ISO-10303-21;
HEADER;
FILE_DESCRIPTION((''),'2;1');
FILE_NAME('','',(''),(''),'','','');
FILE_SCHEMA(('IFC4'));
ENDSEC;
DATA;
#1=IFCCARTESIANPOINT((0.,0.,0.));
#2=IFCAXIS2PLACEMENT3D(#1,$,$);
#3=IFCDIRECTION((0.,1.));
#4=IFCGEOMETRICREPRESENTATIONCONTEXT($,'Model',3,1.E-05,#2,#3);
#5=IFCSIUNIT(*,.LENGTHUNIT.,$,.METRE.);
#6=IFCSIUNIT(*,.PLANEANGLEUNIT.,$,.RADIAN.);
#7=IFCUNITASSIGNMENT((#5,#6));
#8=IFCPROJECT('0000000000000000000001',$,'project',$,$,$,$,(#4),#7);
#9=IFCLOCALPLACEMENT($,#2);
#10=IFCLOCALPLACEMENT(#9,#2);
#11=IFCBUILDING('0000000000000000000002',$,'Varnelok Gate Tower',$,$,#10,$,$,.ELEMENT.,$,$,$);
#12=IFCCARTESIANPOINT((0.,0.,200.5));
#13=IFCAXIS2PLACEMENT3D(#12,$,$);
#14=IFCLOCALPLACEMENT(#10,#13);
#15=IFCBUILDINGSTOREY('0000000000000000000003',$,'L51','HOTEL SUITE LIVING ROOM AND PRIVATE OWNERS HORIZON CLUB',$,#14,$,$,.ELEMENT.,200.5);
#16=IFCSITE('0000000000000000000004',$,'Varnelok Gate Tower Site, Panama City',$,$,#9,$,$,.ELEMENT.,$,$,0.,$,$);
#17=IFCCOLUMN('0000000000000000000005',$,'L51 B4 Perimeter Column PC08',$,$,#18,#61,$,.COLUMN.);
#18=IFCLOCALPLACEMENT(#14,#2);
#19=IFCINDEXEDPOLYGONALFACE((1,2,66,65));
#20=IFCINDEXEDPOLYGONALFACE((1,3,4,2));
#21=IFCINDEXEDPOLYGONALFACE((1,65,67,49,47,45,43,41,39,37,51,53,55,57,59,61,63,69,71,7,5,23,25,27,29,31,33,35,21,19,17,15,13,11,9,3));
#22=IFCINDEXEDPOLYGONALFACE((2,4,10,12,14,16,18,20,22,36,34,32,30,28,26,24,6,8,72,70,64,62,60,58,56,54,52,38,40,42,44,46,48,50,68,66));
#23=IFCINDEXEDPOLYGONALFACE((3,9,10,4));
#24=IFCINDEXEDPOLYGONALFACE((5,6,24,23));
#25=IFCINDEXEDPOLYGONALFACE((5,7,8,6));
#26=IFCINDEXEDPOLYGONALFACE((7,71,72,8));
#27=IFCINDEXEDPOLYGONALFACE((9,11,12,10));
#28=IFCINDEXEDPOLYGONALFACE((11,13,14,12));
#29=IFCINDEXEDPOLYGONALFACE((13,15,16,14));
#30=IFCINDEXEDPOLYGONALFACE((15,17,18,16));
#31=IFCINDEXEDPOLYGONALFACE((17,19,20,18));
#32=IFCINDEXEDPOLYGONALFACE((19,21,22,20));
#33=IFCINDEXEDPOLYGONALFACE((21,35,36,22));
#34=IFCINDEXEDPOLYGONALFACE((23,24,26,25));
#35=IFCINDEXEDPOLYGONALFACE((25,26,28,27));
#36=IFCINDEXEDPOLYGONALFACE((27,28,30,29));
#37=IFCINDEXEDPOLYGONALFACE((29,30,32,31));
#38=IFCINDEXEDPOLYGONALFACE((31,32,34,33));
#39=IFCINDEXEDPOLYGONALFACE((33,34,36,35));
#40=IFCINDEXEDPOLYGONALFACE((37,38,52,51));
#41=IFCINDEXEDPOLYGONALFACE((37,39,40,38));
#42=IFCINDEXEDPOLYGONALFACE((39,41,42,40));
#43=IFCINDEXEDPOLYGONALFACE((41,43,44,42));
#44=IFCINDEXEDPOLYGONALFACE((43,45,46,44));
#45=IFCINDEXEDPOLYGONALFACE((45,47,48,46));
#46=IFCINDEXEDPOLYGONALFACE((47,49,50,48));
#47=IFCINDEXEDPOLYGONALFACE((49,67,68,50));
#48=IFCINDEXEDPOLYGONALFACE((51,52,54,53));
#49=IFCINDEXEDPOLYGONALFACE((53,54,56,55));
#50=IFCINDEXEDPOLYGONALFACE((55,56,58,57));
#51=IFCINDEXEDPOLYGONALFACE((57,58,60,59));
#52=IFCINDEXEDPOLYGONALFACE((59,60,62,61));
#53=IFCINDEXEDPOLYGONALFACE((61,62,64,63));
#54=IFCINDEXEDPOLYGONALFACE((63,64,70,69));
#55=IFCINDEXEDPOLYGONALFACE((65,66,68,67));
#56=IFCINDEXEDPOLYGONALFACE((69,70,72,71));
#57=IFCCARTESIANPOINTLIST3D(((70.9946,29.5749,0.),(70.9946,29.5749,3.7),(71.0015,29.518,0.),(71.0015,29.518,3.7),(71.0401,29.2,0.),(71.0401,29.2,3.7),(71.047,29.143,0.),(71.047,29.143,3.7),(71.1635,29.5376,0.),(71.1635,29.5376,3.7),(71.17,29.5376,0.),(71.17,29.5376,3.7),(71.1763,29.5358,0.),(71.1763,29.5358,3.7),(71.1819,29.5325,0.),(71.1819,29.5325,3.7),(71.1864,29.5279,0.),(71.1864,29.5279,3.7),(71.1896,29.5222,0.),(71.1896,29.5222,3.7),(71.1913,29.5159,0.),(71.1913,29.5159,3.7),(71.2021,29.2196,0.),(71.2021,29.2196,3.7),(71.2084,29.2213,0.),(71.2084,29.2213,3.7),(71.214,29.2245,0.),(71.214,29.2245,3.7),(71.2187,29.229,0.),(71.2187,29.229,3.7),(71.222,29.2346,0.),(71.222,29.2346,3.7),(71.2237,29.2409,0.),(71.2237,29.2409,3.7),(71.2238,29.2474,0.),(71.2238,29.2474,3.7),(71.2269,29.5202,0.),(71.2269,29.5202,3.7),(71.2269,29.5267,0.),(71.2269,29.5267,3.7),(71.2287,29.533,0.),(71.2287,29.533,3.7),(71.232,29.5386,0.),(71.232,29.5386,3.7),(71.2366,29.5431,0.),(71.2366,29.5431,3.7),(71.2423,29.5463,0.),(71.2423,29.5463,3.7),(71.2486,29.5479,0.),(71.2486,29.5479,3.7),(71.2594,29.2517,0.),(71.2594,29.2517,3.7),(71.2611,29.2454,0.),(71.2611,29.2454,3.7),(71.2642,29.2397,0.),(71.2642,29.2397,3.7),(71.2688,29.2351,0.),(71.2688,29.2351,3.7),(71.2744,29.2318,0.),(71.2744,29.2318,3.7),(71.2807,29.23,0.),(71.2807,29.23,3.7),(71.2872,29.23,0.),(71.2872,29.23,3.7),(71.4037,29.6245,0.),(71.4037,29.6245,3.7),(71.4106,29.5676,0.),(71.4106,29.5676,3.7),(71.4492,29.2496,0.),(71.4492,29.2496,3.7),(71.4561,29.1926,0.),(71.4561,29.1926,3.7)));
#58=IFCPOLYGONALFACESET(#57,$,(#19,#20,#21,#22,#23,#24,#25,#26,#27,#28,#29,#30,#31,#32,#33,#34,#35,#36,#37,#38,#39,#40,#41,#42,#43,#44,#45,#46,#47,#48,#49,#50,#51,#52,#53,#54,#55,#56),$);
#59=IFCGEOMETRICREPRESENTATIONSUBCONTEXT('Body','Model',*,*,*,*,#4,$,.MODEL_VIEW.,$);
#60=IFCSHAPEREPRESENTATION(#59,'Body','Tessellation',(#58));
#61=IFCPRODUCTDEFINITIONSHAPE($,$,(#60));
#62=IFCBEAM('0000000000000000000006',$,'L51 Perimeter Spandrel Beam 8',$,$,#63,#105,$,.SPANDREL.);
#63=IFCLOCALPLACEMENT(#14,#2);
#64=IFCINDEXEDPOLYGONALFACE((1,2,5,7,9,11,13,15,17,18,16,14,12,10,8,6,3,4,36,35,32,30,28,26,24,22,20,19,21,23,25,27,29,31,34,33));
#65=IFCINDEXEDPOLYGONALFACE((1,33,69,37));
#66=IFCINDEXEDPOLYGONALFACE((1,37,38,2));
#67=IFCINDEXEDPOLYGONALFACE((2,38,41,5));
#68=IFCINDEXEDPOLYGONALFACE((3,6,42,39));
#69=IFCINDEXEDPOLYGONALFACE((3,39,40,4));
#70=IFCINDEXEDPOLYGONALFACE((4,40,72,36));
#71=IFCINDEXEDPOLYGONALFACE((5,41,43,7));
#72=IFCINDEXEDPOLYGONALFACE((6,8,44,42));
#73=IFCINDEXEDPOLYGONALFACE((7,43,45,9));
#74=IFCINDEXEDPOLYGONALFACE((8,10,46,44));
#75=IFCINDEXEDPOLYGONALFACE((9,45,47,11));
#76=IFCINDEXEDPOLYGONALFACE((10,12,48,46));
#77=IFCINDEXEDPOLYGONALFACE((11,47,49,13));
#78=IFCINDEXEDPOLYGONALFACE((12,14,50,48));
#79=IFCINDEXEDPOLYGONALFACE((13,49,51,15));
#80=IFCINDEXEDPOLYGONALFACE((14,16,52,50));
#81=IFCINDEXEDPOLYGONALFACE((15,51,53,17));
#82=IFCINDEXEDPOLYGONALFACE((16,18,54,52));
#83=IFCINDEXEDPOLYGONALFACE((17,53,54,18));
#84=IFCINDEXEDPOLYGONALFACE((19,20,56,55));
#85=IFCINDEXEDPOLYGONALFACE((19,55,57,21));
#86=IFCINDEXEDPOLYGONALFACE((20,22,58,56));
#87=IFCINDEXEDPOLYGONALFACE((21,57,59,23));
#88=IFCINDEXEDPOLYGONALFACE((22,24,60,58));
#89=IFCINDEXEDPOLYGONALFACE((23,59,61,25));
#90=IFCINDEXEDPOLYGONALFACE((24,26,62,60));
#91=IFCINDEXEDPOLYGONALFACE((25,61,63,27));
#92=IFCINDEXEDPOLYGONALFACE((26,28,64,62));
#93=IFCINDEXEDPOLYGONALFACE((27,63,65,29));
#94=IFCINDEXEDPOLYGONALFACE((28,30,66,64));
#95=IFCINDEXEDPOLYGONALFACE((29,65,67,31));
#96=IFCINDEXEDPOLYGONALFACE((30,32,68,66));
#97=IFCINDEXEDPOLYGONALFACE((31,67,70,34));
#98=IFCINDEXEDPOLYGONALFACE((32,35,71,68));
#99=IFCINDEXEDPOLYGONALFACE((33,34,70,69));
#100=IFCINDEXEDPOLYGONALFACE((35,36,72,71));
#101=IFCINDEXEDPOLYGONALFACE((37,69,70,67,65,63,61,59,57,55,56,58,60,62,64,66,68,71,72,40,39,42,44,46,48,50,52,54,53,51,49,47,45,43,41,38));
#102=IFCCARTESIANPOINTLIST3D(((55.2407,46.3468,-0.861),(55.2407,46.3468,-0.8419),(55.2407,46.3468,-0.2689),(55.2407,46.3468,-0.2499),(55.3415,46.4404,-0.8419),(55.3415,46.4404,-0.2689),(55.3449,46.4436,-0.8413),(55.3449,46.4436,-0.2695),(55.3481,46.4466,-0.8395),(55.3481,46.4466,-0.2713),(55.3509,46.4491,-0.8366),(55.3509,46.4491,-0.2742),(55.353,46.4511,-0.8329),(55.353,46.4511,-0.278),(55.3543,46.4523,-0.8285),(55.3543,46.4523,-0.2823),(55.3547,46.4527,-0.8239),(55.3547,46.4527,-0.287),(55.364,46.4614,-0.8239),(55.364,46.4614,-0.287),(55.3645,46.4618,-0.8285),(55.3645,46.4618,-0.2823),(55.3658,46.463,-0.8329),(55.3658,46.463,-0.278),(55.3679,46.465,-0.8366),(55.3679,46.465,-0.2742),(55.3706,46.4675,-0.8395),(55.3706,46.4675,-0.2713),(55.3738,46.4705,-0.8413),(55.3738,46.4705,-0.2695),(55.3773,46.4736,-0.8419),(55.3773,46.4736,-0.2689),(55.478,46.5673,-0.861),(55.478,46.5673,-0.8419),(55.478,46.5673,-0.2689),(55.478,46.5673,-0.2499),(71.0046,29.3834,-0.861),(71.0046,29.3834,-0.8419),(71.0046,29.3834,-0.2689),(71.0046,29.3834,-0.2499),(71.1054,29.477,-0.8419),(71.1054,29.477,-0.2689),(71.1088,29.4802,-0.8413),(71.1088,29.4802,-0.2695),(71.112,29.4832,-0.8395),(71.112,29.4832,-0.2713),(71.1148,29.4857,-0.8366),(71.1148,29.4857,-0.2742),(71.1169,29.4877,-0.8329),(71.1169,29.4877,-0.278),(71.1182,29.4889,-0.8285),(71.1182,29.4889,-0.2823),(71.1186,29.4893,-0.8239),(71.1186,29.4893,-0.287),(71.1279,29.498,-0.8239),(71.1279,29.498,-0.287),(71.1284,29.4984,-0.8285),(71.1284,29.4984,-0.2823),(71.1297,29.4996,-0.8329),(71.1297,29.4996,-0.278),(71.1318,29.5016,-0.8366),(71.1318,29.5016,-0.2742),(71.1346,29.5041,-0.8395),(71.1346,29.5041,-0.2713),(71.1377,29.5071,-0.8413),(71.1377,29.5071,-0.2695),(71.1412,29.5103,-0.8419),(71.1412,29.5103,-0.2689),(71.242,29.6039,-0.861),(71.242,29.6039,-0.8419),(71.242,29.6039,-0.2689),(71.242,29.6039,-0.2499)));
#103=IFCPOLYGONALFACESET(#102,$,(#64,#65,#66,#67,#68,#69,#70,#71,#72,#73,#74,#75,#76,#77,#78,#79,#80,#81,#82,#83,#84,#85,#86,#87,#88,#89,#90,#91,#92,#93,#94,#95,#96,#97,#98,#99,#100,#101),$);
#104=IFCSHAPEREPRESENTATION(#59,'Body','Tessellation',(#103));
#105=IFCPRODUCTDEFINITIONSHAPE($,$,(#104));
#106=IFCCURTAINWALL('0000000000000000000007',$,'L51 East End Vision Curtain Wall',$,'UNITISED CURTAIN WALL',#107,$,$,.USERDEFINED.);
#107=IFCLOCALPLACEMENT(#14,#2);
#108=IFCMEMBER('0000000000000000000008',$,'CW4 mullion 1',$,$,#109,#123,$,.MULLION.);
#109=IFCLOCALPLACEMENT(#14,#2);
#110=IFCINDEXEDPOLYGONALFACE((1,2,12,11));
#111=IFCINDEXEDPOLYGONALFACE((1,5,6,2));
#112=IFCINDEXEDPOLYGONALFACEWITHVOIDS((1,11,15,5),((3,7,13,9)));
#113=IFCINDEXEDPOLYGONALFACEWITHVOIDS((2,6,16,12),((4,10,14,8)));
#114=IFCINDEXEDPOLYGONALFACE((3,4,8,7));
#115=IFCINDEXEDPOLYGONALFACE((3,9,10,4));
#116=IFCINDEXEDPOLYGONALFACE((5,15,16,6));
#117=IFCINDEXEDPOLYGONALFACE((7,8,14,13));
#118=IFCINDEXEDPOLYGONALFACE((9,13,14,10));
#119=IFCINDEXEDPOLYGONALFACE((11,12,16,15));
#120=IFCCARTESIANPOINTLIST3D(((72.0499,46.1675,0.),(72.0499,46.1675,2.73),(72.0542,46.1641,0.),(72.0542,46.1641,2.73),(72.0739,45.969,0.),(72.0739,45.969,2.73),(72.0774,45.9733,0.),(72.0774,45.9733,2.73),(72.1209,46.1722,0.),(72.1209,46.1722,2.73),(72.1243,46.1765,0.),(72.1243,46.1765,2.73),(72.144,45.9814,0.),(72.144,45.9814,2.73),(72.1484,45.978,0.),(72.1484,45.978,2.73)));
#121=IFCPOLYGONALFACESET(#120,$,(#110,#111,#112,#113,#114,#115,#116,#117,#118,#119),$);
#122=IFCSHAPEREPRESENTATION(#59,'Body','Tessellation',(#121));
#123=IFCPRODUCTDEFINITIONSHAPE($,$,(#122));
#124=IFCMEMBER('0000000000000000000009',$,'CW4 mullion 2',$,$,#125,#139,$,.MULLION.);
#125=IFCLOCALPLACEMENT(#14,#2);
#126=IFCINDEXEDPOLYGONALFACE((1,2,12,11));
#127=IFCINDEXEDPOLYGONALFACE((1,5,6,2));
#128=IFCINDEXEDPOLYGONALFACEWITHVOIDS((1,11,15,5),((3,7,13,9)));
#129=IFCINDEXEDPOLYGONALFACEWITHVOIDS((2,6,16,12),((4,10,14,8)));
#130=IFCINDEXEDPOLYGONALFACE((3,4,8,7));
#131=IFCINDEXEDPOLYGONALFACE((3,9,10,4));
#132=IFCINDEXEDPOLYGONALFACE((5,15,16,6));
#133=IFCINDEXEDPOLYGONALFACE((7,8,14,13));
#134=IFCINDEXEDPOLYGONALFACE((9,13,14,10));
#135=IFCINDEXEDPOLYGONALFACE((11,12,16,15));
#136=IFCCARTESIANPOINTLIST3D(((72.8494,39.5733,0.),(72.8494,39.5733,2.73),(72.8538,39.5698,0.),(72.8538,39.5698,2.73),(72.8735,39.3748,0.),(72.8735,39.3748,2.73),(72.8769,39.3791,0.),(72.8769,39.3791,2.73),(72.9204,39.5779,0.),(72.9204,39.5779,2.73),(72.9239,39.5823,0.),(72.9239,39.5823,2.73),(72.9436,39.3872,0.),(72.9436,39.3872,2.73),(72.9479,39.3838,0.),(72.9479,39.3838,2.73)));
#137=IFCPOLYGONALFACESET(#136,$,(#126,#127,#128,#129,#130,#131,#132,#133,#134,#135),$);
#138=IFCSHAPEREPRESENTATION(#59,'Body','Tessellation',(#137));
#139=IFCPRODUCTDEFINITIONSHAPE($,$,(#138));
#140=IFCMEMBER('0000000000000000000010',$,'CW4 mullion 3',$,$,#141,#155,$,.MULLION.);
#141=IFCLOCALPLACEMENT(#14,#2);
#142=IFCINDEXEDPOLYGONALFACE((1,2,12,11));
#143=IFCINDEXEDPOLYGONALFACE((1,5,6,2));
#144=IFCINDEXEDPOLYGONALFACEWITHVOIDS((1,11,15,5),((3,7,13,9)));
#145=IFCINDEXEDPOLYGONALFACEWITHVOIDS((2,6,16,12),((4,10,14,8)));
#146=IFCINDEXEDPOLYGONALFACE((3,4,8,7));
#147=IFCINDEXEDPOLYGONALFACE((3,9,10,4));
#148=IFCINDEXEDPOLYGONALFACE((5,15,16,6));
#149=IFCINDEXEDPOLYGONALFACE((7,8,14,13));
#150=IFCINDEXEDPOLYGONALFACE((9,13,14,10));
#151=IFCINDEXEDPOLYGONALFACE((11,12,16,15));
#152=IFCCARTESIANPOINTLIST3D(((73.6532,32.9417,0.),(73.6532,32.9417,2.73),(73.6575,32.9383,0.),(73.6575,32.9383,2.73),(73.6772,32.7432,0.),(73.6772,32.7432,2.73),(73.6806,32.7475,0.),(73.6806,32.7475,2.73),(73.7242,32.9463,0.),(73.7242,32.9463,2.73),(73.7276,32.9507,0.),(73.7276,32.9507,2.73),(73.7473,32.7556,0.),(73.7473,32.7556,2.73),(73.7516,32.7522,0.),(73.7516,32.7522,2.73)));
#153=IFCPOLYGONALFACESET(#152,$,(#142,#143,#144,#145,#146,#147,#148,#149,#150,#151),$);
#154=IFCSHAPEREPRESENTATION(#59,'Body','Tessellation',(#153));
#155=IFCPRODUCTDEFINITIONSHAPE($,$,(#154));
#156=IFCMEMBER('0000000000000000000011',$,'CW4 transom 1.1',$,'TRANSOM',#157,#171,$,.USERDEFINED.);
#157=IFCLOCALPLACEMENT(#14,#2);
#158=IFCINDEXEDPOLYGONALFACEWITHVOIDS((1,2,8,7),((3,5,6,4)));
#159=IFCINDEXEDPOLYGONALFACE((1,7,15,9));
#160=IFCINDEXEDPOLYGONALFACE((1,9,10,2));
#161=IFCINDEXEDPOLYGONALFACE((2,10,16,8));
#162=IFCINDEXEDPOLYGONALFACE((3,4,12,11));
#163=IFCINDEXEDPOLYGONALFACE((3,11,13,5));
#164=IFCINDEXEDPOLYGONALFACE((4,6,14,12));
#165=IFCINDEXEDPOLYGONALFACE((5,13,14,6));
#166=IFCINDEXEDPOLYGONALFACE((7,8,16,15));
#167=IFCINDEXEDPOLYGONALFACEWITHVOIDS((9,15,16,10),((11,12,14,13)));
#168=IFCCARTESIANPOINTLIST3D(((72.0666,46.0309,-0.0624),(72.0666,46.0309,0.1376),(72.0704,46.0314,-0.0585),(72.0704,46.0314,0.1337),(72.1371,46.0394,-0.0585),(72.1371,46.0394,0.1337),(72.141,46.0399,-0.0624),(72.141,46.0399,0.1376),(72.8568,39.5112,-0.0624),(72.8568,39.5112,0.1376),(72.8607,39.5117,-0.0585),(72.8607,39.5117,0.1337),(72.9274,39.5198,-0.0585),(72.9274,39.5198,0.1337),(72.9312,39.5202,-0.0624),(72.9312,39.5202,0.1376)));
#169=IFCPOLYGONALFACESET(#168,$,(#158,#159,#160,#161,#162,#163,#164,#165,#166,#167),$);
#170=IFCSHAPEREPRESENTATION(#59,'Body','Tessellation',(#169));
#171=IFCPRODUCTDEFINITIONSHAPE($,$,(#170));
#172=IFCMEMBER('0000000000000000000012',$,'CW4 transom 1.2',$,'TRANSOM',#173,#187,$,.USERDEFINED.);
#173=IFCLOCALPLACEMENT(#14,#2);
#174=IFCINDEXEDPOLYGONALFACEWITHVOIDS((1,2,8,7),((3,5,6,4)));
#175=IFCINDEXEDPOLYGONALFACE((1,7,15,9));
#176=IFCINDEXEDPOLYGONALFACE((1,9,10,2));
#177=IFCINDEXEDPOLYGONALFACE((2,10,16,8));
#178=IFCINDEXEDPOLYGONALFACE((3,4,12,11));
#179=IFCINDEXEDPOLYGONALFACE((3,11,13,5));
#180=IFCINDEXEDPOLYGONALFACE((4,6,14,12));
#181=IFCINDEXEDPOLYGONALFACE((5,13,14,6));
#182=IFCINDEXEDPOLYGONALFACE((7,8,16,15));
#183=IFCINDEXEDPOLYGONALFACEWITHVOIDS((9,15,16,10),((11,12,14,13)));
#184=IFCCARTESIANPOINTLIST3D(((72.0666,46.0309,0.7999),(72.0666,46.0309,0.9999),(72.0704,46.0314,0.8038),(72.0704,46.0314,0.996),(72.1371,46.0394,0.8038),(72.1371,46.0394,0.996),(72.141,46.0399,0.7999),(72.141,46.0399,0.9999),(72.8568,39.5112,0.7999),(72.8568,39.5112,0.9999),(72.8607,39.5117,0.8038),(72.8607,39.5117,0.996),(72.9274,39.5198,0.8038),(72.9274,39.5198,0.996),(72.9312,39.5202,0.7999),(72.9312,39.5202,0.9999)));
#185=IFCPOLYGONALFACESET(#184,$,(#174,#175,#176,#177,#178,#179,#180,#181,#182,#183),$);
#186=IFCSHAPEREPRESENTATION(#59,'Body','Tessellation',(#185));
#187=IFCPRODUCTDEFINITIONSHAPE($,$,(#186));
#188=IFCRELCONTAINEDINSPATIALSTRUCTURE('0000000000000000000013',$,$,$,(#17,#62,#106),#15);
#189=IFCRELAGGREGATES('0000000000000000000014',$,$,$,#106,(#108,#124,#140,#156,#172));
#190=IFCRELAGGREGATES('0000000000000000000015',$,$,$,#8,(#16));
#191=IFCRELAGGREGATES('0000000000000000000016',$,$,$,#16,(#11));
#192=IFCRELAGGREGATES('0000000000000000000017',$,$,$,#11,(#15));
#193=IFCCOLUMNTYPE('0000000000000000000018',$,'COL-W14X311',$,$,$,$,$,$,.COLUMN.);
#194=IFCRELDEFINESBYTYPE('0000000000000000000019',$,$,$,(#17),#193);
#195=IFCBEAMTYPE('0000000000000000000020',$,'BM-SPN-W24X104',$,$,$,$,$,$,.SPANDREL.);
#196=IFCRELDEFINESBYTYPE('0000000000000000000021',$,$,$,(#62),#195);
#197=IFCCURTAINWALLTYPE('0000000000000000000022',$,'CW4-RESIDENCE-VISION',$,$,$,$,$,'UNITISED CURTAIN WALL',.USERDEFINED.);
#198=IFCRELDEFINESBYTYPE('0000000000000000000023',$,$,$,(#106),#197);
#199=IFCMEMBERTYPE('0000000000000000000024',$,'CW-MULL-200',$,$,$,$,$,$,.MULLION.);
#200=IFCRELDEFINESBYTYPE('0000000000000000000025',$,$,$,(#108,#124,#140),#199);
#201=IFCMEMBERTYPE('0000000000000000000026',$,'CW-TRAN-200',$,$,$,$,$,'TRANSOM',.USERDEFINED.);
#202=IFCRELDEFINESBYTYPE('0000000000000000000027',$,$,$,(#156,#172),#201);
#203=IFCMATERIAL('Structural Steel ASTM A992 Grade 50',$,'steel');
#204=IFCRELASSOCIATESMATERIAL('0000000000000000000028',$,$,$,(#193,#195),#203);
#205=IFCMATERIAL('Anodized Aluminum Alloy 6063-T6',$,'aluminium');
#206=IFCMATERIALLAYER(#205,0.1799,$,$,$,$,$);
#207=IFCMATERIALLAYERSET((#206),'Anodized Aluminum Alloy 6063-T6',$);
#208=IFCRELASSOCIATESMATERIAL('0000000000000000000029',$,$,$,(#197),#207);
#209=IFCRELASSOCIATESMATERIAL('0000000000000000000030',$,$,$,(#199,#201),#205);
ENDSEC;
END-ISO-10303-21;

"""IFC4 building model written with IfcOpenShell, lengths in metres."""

from ifc_helpers import new_model, si_unit, direction, frame, origin, origin_2d, place, context, subcontext, project, spatial, hollow_rectangle, i_section, extrude, material, layer, layer_set, material_profile, profile_set, type_object, element, aggregate, save


model = new_model("IFC4")

# Units and contexts
model_context = context("Model", 3, precision=1e-05, world=origin(), true_north=direction((0.0, 1.0)))
body_context = subcontext(model_context, "Body", "Model", "MODEL_VIEW")
ifc_project = project(units=[si_unit("LENGTHUNIT", "METRE"), si_unit("PLANEANGLEUNIT", "RADIAN")], contexts=[model_context])

# Site, building, storey
site_placement = place(None, origin())
site = spatial("IfcSite", under=ifc_project, at=site_placement, Name="Varnelok Gate Tower Site, Panama City", CompositionType="ELEMENT", RefElevation=0.0)
building_placement = place(site_placement, origin())
building = spatial("IfcBuilding", under=site, at=building_placement, Name="Varnelok Gate Tower", CompositionType="ELEMENT")
storey_placement = place(building_placement, frame((0.0, 0.0, 200.5)))
storey = spatial("IfcBuildingStorey", under=building, at=storey_placement, Name="L51", Description="HOTEL SUITE LIVING ROOM AND PRIVATE OWNERS HORIZON CLUB", CompositionType="ELEMENT", Elevation=200.5)

# Column
ifc_material_1 = material(Name="Structural Steel ASTM A992 Grade 50", Category="steel")
ifc_material_profile_1 = material_profile(ifc_material_1, i_section(OverallWidth=0.4121, OverallDepth=0.4351, WebThickness=0.0359, FlangeThickness=0.0574, FilletRadius=0.0249, at=origin_2d()), Name="W14X311")
ifc_profile_set_1 = profile_set([ifc_material_profile_1], Name="Structural Steel ASTM A992 Grade 50")
column_type = type_object("IfcColumnType", Name="COL-W14X311", PredefinedType="COLUMN", material=ifc_profile_set_1)
column_placement = place(storey_placement, frame((71.2253, 29.3838, 0.0), z_axis=(0.0, 0.0, 1.0), x_axis=(0.992732, 0.120345, 0.0)))
element("IfcColumn", 1, at=column_placement, inside=storey, type_object=column_type, Name="L51 B4 Perimeter Column PC08", PredefinedType="COLUMN", context=body_context, shape_type="SweptSolid", body=[
    extrude(i_section(OverallWidth=0.4121, OverallDepth=0.4351, WebThickness=0.0359, FlangeThickness=0.0574, FilletRadius=0.0249, at=origin_2d()), origin(), (0.0, 0.0, 1.0), 3.7),
])

# Beam
ifc_material_profile_2 = material_profile(ifc_material_1, i_section(OverallWidth=0.324, OverallDepth=0.6111, WebThickness=0.0127, FlangeThickness=0.019, FilletRadius=0.0181, at=origin_2d()), Name="W24X104")
ifc_profile_set_2 = profile_set([ifc_material_profile_2], Name="Structural Steel ASTM A992 Grade 50")
beam_type = type_object("IfcBeamType", Name="BM-SPN-W24X104", PredefinedType="SPANDREL", material=ifc_profile_set_2)
beam_placement = place(storey_placement, frame((71.1233, 29.4937, -0.5554), z_axis=(-0.680734, 0.732531, 0.0), x_axis=(-0.732531, -0.680734, 0.0)))
element("IfcBeam", 2, at=beam_placement, inside=storey, type_object=beam_type, Name="L51 Perimeter Spandrel Beam 8", PredefinedType="SPANDREL", context=body_context, shape_type="SweptSolid", body=[
    extrude(i_section(OverallWidth=0.324, OverallDepth=0.6111, WebThickness=0.0127, FlangeThickness=0.019, FilletRadius=0.0181, at=origin_2d()), origin(), (0.0, 0.0, 1.0), 23.1572),
])

# Curtain wall, members
ifc_material_2 = material(Name="Anodized Aluminum Alloy 6063-T6", Category="aluminium")
ifc_layer_1 = layer(ifc_material_2, 0.1799)
ifc_layer_set_1 = layer_set([ifc_layer_1], Name="Anodized Aluminum Alloy 6063-T6")
curtain_wall_type = type_object("IfcCurtainWallType", Name="CW4-RESIDENCE-VISION", ElementType="UNITISED CURTAIN WALL", PredefinedType="USERDEFINED", material=ifc_layer_set_1)
curtain_wall_placement = place(storey_placement, origin())
curtain_wall = element("IfcCurtainWall", 3, at=curtain_wall_placement, inside=storey, type_object=curtain_wall_type, Name="L51 East End Vision Curtain Wall", ObjectType="UNITISED CURTAIN WALL", PredefinedType="USERDEFINED")
ifc_material_profile_3 = material_profile(ifc_material_2, hollow_rectangle(XDim=0.075, YDim=0.2, WallThickness=0.0039, at=origin_2d()), Name="ALU200X75X4")
ifc_profile_set_3 = profile_set([ifc_material_profile_3], Name="Anodized Aluminum Alloy 6063-T6")
member_type_1 = type_object("IfcMemberType", Name="CW-MULL-200", PredefinedType="MULLION", material=ifc_profile_set_3)
member_1_placement = place(storey_placement, frame((72.0991, 46.0728, 0.0), z_axis=(0.0, 0.0, 1.0), x_axis=(0.992732, 0.120345, 0.0)))
member_1 = element("IfcMember", 4, at=member_1_placement, type_object=member_type_1, Name="CW4 mullion 1", PredefinedType="MULLION", context=body_context, shape_type="SweptSolid", body=[
    extrude(hollow_rectangle(XDim=0.075, YDim=0.2, WallThickness=0.0039, at=origin_2d()), origin(), (0.0, 0.0, 1.0), 2.73),
])
member_2_placement = place(storey_placement, frame((72.8987, 39.4785, 0.0), z_axis=(0.0, 0.0, 1.0), x_axis=(0.992732, 0.120345, 0.0)))
member_2 = element("IfcMember", 5, at=member_2_placement, type_object=member_type_1, Name="CW4 mullion 2", PredefinedType="MULLION", context=body_context, shape_type="SweptSolid", body=[
    extrude(hollow_rectangle(XDim=0.075, YDim=0.2, WallThickness=0.0039, at=origin_2d()), origin(), (0.0, 0.0, 1.0), 2.73),
])
member_3_placement = place(storey_placement, frame((73.7024, 32.8469, 0.0), z_axis=(0.0, 0.0, 1.0), x_axis=(0.992732, 0.120345, 0.0)))
member_3 = element("IfcMember", 6, at=member_3_placement, type_object=member_type_1, Name="CW4 mullion 3", PredefinedType="MULLION", context=body_context, shape_type="SweptSolid", body=[
    extrude(hollow_rectangle(XDim=0.075, YDim=0.2, WallThickness=0.0039, at=origin_2d()), origin(), (0.0, 0.0, 1.0), 2.73),
])
ifc_material_profile_4 = material_profile(ifc_material_2, hollow_rectangle(XDim=0.075, YDim=0.2, WallThickness=0.0039, at=origin_2d()), Name="ALU200X75X4")
ifc_profile_set_4 = profile_set([ifc_material_profile_4], Name="Anodized Aluminum Alloy 6063-T6")
member_type_2 = type_object("IfcMemberType", Name="CW-TRAN-200", ElementType="TRANSOM", PredefinedType="USERDEFINED", material=ifc_profile_set_4)
member_4_placement = place(storey_placement, frame((72.1038, 46.0354, 0.0376), z_axis=(0.120332, -0.992734, 0.0), x_axis=(0.992734, 0.120332, 0.0)))
member_4 = element("IfcMember", 7, at=member_4_placement, type_object=member_type_2, Name="CW4 transom 1.1", ObjectType="TRANSOM", PredefinedType="USERDEFINED", context=body_context, shape_type="SweptSolid", body=[
    extrude(hollow_rectangle(XDim=0.075, YDim=0.2, WallThickness=0.0039, at=origin_2d()), origin(), (0.0, 0.0, 1.0), 6.5674),
])
member_5_placement = place(storey_placement, frame((72.1038, 46.0354, 0.8999), z_axis=(0.120332, -0.992734, 0.0), x_axis=(0.992734, 0.120332, 0.0)))
member_5 = element("IfcMember", 8, at=member_5_placement, type_object=member_type_2, Name="CW4 transom 1.2", ObjectType="TRANSOM", PredefinedType="USERDEFINED", context=body_context, shape_type="SweptSolid", body=[
    extrude(hollow_rectangle(XDim=0.075, YDim=0.2, WallThickness=0.0039, at=origin_2d()), origin(), (0.0, 0.0, 1.0), 6.5674),
])
aggregate(curtain_wall, [member_1, member_2, member_3, member_4, member_5])

save(model, "model.ifc")
